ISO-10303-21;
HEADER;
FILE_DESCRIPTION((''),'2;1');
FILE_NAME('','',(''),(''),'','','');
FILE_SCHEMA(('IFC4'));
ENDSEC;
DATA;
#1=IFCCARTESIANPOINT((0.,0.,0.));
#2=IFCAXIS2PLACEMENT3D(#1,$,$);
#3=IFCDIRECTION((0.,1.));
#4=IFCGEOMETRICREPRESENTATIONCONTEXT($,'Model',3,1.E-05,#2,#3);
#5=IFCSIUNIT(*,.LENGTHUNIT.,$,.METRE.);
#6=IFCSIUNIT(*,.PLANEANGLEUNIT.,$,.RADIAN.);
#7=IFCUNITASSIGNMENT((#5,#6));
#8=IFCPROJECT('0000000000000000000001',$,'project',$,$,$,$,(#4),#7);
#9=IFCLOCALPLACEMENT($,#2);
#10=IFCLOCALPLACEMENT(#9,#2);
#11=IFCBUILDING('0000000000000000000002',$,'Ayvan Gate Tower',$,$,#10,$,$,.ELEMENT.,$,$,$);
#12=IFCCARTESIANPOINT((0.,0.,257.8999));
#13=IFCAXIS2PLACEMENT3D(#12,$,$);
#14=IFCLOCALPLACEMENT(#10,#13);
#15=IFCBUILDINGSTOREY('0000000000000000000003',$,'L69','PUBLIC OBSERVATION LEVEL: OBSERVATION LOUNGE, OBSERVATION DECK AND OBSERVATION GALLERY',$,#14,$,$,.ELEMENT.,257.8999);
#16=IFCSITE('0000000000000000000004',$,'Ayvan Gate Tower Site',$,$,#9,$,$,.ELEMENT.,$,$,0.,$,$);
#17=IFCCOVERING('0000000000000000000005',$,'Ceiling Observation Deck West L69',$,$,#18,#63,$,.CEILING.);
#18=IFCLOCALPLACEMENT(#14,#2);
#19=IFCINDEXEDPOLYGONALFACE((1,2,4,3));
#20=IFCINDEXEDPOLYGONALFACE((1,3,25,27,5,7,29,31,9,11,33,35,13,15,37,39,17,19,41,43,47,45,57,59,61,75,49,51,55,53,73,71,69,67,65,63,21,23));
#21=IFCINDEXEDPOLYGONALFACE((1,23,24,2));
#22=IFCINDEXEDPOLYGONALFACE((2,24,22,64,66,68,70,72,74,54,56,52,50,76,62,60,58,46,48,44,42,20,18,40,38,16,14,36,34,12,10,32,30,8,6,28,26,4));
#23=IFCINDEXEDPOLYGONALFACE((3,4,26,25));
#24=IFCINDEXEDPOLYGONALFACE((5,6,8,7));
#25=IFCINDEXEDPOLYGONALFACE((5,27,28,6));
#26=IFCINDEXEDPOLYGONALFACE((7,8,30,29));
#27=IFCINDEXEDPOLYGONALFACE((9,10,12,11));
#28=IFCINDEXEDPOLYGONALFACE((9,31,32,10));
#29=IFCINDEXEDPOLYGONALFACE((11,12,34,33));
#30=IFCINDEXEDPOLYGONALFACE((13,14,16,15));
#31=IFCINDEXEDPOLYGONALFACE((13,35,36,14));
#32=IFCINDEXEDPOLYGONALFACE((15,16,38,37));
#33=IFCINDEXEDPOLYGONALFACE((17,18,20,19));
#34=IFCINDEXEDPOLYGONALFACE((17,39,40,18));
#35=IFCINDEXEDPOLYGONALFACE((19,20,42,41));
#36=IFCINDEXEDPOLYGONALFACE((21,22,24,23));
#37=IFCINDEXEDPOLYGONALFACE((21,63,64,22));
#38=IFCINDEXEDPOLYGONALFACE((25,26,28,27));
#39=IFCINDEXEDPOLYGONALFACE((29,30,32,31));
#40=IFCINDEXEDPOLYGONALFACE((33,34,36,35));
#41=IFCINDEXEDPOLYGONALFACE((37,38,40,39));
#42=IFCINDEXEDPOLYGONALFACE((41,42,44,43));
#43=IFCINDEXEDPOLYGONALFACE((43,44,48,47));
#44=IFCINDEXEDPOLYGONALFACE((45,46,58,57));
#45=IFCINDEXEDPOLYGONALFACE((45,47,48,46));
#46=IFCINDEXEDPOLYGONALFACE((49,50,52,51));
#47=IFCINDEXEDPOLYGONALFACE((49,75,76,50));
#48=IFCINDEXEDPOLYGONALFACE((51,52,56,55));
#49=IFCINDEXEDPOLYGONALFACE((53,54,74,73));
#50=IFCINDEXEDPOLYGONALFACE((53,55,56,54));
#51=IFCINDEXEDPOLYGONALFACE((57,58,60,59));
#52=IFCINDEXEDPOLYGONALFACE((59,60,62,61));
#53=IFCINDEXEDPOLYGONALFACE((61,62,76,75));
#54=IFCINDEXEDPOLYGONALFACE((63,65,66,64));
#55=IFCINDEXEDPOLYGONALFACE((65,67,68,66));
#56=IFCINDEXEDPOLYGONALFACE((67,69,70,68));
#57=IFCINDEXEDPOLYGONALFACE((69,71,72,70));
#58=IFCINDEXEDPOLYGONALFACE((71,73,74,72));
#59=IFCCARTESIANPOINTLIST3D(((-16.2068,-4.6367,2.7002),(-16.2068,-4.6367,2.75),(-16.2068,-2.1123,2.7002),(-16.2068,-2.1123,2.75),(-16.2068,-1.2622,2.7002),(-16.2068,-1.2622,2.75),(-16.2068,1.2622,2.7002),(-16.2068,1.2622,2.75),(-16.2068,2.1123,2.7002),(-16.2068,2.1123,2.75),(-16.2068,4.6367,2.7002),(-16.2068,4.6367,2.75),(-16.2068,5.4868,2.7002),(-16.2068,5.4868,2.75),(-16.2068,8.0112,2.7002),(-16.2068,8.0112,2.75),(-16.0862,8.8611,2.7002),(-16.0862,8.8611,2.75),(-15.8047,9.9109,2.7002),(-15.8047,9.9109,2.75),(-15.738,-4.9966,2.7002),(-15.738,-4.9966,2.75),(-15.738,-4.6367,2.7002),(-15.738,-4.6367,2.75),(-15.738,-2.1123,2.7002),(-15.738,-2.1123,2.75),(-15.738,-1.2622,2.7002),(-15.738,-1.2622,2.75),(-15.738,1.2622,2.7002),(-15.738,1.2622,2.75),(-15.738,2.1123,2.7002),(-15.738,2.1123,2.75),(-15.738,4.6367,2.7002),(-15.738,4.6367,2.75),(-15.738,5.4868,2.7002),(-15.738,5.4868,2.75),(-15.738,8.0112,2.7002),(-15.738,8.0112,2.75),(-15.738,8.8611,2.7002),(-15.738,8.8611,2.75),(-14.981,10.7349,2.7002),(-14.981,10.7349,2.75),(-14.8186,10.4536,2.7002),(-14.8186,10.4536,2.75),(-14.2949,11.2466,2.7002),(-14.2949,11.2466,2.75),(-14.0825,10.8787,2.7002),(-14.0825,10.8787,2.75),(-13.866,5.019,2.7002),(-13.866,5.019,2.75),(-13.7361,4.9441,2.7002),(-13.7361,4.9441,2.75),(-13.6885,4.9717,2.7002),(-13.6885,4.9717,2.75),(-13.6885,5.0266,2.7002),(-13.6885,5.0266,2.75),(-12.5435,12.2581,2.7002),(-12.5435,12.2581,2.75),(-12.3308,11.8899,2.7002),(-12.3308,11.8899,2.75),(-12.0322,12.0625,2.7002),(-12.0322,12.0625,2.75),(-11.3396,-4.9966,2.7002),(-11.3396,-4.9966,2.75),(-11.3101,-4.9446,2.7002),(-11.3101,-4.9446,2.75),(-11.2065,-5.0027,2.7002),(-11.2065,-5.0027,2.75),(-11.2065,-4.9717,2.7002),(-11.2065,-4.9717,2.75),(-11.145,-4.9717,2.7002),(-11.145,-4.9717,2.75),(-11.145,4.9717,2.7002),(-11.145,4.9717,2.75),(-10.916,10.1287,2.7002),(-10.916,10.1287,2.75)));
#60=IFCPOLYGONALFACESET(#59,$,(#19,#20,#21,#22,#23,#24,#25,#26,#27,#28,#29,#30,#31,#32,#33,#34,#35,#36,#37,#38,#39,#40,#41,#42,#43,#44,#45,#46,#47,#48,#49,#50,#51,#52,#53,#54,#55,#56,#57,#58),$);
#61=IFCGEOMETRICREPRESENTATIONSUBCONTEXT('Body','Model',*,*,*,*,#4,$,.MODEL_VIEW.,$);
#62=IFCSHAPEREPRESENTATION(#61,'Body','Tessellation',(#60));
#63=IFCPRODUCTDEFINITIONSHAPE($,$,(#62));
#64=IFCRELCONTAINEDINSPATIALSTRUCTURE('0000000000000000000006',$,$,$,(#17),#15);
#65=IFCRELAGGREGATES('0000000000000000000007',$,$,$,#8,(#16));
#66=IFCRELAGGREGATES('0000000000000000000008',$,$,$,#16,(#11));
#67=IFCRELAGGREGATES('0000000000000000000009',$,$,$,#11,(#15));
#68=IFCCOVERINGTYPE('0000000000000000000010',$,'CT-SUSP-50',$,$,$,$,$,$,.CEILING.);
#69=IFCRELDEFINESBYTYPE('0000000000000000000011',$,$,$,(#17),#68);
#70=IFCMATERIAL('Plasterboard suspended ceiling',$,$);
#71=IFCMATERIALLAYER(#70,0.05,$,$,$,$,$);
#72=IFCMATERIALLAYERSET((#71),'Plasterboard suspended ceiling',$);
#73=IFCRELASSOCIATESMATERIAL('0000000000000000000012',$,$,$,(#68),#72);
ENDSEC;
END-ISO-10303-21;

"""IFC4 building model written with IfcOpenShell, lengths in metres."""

from ifc_helpers import new_model, si_unit, direction, frame, origin, place, context, subcontext, project, spatial, polyline, outline, extrude, material, layer, layer_set, type_object, element, save


model = new_model("IFC4")

# Units and contexts
model_context = context("Model", 3, precision=1e-05, world=origin(), true_north=direction((0.0, 1.0)))
body_context = subcontext(model_context, "Body", "Model", "MODEL_VIEW")
ifc_project = project(units=[si_unit("LENGTHUNIT", "METRE"), si_unit("PLANEANGLEUNIT", "RADIAN")], contexts=[model_context])

# Site, building, storey
site_placement = place(None, origin())
site = spatial("IfcSite", under=ifc_project, at=site_placement, Name="Ayvan Gate Tower Site", CompositionType="ELEMENT", RefElevation=0.0)
building_placement = place(site_placement, origin())
building = spatial("IfcBuilding", under=site, at=building_placement, Name="Ayvan Gate Tower", CompositionType="ELEMENT")
storey_placement = place(building_placement, frame((0.0, 0.0, 257.8999)))
storey = spatial("IfcBuildingStorey", under=building, at=storey_placement, Name="L69", Description="PUBLIC OBSERVATION LEVEL: OBSERVATION LOUNGE, OBSERVATION DECK AND OBSERVATION GALLERY", CompositionType="ELEMENT", Elevation=257.8999)

# Covering
ifc_material_1 = material(Name="Plasterboard suspended ceiling")
ifc_layer_1 = layer(ifc_material_1, 0.05)
ifc_layer_set_1 = layer_set([ifc_layer_1], Name="Plasterboard suspended ceiling")
covering_type = type_object("IfcCoveringType", Name="CT-SUSP-50", PredefinedType="CEILING", material=ifc_layer_set_1)
covering_1_placement = place(storey_placement, frame((0.0, 0.0, 2.7002)))
element("IfcCovering", 1, at=covering_1_placement, inside=storey, type_object=covering_type, Name="Ceiling Observation Deck West L69", PredefinedType="CEILING", context=body_context, shape_type="SweptSolid", body=[
    extrude(outline(polyline([(-11.145, 4.9717), (-11.145, -4.9717), (-11.2065, -4.9717), (-11.2065, -5.0027), (-11.3101, -4.9446), (-11.3396, -4.9966), (-15.738, -4.9966), (-15.738, -4.6367), (-16.2068, -4.6367), (-16.2068, -2.1123), (-15.738, -2.1123), (-15.738, -1.2622), (-16.2068, -1.2622), (-16.2068, 1.2622), (-15.738, 1.2622), (-15.738, 2.1123), (-16.2068, 2.1123), (-16.2068, 4.6367), (-15.738, 4.6367), (-15.738, 5.4868), (-16.2068, 5.4868), (-16.2068, 8.0112), (-15.738, 8.0112), (-15.738, 8.8611), (-16.0862, 8.8611), (-15.8047, 9.9109), (-14.981, 10.7349), (-14.8186, 10.4536), (-14.0825, 10.8787), (-14.2949, 11.2466), (-12.5435, 12.2581), (-12.3308, 11.8899), (-12.0322, 12.0625), (-10.916, 10.1287), (-13.866, 5.019), (-13.7361, 4.9441), (-13.6885, 5.0266), (-13.6885, 4.9717), (-11.145, 4.9717)])), origin(), (0.0, 0.0, 1.0), 0.0498),
])

save(model, "model.ifc")
